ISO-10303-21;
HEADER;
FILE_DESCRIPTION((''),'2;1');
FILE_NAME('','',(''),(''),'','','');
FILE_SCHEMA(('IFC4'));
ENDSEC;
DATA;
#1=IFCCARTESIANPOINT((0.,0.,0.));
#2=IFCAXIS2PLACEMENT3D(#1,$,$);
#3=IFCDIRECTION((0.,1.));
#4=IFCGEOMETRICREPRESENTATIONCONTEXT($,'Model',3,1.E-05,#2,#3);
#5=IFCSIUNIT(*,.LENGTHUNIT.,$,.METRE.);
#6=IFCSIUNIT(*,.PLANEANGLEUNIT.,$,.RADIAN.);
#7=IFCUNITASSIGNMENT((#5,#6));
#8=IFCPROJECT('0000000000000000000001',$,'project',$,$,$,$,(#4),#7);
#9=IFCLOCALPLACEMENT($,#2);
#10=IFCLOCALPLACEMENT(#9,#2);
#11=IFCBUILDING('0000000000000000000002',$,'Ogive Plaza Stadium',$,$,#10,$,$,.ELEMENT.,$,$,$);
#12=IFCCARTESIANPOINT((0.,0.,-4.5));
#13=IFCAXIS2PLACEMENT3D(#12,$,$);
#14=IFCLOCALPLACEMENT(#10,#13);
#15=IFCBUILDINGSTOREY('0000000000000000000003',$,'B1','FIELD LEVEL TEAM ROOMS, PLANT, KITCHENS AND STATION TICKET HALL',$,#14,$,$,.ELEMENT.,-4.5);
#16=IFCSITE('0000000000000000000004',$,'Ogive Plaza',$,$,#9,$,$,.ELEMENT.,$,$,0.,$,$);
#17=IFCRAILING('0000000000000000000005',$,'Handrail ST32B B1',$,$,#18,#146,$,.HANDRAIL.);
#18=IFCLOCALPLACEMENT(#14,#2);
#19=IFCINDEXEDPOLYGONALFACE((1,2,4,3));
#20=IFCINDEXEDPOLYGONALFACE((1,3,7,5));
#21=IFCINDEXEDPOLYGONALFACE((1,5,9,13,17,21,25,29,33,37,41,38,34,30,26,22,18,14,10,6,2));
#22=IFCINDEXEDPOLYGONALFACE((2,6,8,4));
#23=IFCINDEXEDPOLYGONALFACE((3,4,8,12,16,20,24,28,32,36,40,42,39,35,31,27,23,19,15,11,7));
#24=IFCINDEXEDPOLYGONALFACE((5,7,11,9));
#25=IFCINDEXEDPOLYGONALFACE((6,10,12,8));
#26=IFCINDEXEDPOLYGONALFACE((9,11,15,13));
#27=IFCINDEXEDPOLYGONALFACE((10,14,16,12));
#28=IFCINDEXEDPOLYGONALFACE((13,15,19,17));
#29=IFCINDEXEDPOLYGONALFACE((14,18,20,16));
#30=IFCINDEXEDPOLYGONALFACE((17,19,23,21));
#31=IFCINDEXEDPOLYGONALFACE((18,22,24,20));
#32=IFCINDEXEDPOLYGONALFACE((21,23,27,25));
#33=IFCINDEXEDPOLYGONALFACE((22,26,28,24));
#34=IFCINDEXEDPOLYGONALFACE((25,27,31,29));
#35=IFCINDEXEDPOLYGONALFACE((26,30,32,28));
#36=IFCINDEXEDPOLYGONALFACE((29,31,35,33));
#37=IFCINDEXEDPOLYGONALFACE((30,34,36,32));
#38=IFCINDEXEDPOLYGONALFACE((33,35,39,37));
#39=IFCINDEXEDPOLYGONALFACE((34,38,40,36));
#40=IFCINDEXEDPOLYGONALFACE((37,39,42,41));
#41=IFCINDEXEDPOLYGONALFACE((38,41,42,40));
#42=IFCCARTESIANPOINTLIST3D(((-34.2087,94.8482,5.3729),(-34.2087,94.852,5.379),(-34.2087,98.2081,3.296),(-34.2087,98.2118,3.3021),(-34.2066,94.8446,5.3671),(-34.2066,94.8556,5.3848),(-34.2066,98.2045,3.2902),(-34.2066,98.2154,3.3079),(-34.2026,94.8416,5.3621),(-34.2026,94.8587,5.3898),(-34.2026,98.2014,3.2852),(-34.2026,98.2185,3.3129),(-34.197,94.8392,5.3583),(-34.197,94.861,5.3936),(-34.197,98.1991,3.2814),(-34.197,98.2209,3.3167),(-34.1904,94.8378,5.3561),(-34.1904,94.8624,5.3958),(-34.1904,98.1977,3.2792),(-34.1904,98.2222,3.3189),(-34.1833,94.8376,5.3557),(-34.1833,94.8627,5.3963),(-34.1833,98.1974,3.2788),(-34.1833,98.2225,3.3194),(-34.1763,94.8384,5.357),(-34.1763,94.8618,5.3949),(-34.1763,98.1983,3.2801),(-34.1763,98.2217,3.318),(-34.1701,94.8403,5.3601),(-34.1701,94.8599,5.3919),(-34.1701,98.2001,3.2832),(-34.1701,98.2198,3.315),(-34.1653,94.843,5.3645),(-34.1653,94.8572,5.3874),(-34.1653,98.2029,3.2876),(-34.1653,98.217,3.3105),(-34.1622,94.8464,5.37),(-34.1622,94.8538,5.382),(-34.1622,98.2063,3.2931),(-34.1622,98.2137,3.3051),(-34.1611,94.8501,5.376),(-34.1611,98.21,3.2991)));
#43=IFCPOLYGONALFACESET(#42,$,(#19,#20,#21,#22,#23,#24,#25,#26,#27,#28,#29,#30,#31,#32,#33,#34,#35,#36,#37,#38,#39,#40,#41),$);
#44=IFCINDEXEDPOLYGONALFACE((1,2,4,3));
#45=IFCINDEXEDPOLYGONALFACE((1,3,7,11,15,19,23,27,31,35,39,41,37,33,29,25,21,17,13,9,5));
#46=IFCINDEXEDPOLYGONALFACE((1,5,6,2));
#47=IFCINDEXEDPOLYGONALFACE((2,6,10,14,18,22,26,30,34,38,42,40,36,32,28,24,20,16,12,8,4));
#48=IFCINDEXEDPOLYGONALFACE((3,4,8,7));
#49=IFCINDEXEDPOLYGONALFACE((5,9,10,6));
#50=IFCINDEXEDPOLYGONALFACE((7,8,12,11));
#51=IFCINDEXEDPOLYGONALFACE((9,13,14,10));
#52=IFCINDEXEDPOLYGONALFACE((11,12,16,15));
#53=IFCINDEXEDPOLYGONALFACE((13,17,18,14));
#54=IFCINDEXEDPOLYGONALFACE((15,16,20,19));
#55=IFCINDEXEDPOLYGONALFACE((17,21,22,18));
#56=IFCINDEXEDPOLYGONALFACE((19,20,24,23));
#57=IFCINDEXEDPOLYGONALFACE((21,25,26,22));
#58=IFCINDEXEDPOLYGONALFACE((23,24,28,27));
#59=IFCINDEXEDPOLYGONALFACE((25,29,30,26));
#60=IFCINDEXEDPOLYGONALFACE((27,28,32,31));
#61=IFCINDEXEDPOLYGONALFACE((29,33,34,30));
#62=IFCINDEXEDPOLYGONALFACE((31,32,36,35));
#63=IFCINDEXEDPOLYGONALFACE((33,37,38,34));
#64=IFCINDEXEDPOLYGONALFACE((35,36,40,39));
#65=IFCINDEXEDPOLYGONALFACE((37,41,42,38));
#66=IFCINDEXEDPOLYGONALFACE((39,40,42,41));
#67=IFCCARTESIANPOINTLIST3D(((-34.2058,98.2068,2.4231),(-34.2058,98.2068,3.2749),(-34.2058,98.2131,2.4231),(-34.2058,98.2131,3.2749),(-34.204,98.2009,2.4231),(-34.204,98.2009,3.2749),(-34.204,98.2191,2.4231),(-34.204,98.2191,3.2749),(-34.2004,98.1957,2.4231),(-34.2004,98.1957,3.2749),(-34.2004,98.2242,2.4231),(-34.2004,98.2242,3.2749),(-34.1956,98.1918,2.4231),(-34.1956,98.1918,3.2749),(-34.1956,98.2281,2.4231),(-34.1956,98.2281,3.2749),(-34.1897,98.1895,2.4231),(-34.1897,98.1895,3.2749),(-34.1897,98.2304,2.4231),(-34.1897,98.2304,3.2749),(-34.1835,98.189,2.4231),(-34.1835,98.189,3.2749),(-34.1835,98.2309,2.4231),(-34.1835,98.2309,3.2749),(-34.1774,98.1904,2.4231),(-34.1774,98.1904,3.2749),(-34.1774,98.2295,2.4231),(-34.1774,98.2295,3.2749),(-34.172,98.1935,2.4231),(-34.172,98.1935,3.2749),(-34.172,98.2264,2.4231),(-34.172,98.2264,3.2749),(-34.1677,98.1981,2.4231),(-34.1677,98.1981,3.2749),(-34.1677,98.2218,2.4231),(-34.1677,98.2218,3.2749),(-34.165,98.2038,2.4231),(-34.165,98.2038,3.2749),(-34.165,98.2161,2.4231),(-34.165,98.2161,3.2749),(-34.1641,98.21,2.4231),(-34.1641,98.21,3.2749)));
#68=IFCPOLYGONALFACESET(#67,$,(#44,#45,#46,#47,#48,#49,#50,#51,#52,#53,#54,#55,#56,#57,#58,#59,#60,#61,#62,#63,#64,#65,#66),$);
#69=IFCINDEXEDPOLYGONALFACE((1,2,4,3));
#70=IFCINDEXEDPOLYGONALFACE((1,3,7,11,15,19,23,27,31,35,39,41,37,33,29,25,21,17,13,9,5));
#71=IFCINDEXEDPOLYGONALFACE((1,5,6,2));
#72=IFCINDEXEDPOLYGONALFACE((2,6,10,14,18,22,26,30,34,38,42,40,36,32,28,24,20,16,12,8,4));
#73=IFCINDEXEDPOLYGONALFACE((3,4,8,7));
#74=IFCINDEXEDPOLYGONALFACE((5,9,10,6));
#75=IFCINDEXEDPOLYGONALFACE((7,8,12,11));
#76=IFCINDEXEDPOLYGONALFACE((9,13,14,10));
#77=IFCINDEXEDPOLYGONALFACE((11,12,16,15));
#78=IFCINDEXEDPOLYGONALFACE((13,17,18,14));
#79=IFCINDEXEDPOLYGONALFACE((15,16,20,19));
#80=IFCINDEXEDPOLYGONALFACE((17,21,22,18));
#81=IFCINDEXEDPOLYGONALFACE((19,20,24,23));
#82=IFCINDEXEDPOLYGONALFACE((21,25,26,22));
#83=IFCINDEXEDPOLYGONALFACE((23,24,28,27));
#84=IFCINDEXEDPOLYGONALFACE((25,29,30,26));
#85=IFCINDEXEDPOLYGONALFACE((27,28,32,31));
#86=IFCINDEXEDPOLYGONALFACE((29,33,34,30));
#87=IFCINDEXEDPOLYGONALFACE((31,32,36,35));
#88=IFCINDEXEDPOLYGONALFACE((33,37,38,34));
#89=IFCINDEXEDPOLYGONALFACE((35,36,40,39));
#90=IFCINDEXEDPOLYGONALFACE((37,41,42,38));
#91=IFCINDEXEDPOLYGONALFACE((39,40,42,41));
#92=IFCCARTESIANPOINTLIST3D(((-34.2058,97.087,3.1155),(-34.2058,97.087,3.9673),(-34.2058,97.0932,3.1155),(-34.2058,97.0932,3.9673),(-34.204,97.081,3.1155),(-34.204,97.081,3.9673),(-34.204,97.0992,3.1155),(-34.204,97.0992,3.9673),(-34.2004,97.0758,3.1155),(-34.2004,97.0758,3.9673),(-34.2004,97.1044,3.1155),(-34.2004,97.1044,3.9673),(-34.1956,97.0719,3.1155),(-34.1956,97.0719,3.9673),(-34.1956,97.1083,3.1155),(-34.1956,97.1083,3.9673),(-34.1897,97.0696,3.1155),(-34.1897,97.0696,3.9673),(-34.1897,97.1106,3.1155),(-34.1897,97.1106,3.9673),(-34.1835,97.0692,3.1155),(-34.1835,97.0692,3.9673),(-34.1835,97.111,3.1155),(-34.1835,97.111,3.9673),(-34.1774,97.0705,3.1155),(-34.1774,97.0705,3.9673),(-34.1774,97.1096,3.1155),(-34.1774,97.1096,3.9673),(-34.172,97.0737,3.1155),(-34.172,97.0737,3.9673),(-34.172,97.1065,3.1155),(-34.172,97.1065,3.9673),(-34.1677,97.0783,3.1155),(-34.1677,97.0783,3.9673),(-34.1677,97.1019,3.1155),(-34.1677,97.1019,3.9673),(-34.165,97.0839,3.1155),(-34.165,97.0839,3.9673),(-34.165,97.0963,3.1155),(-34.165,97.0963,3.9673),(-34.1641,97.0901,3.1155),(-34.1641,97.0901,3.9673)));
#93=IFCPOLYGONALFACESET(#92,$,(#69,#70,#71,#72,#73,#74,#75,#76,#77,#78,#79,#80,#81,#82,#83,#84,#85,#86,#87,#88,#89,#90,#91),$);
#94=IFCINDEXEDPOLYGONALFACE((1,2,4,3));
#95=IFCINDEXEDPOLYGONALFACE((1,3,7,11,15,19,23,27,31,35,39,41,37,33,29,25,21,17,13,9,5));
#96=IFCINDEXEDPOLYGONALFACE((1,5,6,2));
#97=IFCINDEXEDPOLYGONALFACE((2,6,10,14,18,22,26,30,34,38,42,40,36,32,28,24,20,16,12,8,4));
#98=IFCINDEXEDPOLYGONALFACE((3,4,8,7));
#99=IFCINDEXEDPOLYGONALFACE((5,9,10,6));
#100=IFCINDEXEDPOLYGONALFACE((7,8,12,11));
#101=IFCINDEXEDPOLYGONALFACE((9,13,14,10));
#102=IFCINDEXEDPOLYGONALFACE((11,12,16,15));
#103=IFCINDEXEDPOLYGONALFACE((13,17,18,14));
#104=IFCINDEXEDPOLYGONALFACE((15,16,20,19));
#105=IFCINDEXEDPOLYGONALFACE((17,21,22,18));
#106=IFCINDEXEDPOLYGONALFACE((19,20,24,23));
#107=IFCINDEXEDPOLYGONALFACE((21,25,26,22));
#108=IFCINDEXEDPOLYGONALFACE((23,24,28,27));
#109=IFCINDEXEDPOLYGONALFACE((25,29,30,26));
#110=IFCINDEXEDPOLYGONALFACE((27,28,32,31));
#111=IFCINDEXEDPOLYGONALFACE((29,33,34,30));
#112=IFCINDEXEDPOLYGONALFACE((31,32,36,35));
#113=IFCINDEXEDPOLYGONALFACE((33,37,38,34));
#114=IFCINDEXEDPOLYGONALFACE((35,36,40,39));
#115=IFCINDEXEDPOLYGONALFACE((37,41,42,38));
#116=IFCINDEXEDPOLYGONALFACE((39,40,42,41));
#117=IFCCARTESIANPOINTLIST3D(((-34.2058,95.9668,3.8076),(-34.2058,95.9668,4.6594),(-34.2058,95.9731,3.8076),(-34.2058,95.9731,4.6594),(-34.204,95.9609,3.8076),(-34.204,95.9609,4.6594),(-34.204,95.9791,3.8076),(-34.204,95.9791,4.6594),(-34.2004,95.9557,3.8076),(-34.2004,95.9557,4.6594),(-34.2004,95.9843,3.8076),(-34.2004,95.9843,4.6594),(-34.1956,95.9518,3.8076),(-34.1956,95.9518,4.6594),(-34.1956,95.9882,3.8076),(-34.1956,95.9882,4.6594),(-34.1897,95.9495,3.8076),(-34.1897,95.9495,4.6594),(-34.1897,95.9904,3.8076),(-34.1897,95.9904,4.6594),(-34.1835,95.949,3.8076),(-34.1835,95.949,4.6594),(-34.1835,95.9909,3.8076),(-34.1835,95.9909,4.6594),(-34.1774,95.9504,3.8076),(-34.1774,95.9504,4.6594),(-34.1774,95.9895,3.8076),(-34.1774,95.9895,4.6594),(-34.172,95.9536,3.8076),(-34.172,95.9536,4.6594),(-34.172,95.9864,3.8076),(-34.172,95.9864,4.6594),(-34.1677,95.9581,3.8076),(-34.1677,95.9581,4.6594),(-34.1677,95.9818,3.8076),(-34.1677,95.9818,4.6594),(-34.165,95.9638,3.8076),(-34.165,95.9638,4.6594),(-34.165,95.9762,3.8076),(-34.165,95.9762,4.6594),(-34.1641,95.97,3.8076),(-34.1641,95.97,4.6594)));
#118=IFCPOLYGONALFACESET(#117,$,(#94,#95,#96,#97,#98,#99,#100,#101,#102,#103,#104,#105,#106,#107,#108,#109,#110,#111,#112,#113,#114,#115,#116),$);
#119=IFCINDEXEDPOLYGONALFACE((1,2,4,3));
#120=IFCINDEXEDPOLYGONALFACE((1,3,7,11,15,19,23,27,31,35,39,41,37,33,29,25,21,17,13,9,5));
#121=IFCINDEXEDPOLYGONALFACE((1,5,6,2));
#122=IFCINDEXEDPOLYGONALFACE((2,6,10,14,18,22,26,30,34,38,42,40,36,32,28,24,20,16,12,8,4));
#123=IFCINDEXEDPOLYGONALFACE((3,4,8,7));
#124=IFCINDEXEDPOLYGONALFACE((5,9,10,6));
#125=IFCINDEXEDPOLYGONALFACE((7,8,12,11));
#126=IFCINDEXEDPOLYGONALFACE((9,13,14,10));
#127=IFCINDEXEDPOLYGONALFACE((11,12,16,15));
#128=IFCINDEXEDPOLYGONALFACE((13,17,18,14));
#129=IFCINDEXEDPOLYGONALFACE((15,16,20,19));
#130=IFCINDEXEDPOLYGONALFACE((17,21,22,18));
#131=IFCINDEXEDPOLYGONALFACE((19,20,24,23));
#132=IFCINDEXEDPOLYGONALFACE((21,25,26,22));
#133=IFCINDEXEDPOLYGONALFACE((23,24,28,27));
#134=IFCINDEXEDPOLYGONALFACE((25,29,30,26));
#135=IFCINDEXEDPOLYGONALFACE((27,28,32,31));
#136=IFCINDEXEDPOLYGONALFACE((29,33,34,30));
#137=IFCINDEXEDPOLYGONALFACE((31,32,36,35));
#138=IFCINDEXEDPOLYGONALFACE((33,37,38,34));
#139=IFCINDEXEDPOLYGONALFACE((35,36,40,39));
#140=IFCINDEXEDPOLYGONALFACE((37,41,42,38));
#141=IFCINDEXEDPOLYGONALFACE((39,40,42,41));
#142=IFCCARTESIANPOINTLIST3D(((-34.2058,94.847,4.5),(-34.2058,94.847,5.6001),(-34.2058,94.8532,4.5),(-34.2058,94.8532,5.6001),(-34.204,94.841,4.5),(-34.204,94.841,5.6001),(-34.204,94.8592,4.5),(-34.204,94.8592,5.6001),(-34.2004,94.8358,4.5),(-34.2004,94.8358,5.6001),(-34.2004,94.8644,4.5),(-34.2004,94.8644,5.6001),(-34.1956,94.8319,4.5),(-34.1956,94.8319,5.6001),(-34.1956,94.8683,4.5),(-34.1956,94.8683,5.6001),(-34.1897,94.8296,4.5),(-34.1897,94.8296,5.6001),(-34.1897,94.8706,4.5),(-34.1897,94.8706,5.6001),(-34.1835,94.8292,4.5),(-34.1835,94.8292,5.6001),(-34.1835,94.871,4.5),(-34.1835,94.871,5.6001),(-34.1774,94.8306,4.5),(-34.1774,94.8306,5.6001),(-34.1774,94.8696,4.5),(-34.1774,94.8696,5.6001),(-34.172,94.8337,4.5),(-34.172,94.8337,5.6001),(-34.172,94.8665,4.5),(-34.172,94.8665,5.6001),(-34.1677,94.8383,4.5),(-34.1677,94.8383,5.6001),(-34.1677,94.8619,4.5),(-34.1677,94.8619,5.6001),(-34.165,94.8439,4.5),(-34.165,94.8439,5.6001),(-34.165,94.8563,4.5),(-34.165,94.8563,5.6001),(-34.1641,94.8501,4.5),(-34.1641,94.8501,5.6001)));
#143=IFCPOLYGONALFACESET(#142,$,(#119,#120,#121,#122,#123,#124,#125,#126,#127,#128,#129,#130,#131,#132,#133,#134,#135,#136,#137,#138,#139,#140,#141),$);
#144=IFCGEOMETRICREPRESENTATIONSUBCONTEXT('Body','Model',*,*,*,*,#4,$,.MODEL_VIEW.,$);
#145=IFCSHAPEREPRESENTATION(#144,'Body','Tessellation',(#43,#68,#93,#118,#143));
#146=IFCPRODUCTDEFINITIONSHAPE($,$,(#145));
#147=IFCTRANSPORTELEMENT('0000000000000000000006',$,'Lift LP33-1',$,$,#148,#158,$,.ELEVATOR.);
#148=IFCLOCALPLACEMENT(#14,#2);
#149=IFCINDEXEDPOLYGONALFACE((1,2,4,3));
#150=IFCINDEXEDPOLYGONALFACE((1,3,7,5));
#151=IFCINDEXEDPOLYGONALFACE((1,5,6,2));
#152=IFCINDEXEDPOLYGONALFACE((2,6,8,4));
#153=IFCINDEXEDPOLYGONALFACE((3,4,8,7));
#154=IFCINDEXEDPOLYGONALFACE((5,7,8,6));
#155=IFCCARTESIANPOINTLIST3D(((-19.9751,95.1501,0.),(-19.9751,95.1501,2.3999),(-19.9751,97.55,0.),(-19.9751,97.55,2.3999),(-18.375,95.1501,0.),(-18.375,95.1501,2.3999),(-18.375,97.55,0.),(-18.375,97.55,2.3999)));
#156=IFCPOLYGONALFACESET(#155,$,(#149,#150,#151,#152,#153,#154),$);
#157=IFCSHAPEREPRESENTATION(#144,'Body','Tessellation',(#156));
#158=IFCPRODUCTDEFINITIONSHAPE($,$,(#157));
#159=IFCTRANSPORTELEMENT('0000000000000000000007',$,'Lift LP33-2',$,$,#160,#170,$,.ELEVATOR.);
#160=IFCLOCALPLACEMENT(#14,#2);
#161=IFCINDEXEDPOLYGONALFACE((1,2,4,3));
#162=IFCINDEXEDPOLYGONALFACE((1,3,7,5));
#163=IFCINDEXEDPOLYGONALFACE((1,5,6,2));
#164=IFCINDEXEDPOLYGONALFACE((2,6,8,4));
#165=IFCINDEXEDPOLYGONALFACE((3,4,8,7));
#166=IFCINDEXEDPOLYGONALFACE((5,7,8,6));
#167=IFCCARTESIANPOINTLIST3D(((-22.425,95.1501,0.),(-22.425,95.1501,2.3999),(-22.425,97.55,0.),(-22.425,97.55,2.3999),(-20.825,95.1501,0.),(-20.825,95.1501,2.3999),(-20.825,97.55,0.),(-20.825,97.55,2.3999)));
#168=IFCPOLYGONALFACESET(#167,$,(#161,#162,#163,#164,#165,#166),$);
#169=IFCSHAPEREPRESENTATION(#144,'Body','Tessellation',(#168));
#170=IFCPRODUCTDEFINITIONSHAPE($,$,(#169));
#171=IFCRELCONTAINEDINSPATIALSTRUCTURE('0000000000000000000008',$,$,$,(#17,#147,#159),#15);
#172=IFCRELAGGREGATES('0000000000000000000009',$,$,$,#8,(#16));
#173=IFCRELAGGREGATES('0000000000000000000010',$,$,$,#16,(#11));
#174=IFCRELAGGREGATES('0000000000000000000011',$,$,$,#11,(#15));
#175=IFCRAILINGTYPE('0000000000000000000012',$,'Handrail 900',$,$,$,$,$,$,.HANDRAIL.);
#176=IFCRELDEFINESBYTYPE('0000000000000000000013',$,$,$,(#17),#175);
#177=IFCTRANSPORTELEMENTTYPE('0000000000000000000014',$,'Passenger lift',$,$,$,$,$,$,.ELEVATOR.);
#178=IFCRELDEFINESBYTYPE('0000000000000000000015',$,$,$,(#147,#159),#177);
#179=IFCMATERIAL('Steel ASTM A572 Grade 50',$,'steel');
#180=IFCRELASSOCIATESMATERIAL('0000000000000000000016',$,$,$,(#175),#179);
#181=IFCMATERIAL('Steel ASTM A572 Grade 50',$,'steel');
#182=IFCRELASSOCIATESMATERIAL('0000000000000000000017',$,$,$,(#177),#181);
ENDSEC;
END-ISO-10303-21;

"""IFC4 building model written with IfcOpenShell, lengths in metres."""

from ifc_helpers import new_model, si_unit, direction, frame, origin, origin_2d, place, context, subcontext, project, spatial, rectangle, circle, extrude, material, type_object, element, save


model = new_model("IFC4")

# Units and contexts
model_context = context("Model", 3, precision=1e-05, world=origin(), true_north=direction((0.0, 1.0)))
body_context = subcontext(model_context, "Body", "Model", "MODEL_VIEW")
ifc_project = project(units=[si_unit("LENGTHUNIT", "METRE"), si_unit("PLANEANGLEUNIT", "RADIAN")], contexts=[model_context])

# Site, building, storey
site_placement = place(None, origin())
site = spatial("IfcSite", under=ifc_project, at=site_placement, Name="Ogive Plaza", CompositionType="ELEMENT", RefElevation=0.0)
building_placement = place(site_placement, origin())
building = spatial("IfcBuilding", under=site, at=building_placement, Name="Ogive Plaza Stadium", CompositionType="ELEMENT")
storey_placement = place(building_placement, frame((0.0, 0.0, -4.5)))
storey = spatial("IfcBuildingStorey", under=building, at=storey_placement, Name="B1", Description="FIELD LEVEL TEAM ROOMS, PLANT, KITCHENS AND STATION TICKET HALL", CompositionType="ELEMENT", Elevation=-4.5)

# Railing
ifc_material_1 = material(Name="Steel ASTM A572 Grade 50", Category="steel")
railing_type = type_object("IfcRailingType", Name="Handrail 900", PredefinedType="HANDRAIL", material=ifc_material_1)
for number, where, name in (
    (1, (-34.1851, 98.21, 2.4231), "Handrail ST32B B1"),
):
    element("IfcRailing", number, at=place(storey_placement, frame(where)), inside=storey, type_object=railing_type, Name=name, PredefinedType="HANDRAIL", context=body_context, shape_type="SweptSolid", body=[
        extrude(circle(Radius=0.0239, at=origin_2d()), frame((0.0, 0.0, 0.876), z_axis=(0.0, -0.850606, 0.525803), x_axis=(1.0, 0.0, 0.0)), (0.0, 0.0, 1.0), 3.95),
        extrude(circle(Radius=0.021, at=origin_2d()), origin(), (0.0, 0.0, 1.0), 0.8518),
        extrude(circle(Radius=0.021, at=origin_2d()), frame((0.0, -1.1199, 0.6924)), (0.0, 0.0, 1.0), 0.8518),
        extrude(circle(Radius=0.021, at=origin_2d()), frame((0.0, -2.24, 1.3845)), (0.0, 0.0, 1.0), 0.8518),
        extrude(circle(Radius=0.021, at=origin_2d()), frame((0.0, -3.3599, 2.0769)), (0.0, 0.0, 1.0), 1.1001),
    ])

# Transport elements
ifc_material_2 = material(Name="Steel ASTM A572 Grade 50", Category="steel")
transport_element_type = type_object("IfcTransportElementType", Name="Passenger lift", PredefinedType="ELEVATOR", material=ifc_material_2)
for number, where, z_axis, x_axis, name in (
    (2, (-19.175, 96.3501, 0.0), (0.0, 0.0, 1.0), (0.0, 1.0, 0.0), "Lift LP33-1"),
    (3, (-21.625, 96.3501, 0.0), (0.0, 0.0, 1.0), (0.0, 1.0, 0.0), "Lift LP33-2"),
):
    element("IfcTransportElement", number, at=place(storey_placement, frame(where, z_axis=z_axis, x_axis=x_axis)), inside=storey, type_object=transport_element_type, Name=name, PredefinedType="ELEVATOR", context=body_context, shape_type="SweptSolid", body=[
        extrude(rectangle(XDim=2.3999, YDim=1.6001, at=origin_2d()), origin(), (0.0, 0.0, 1.0), 2.3999),
    ])

save(model, "model.ifc")
